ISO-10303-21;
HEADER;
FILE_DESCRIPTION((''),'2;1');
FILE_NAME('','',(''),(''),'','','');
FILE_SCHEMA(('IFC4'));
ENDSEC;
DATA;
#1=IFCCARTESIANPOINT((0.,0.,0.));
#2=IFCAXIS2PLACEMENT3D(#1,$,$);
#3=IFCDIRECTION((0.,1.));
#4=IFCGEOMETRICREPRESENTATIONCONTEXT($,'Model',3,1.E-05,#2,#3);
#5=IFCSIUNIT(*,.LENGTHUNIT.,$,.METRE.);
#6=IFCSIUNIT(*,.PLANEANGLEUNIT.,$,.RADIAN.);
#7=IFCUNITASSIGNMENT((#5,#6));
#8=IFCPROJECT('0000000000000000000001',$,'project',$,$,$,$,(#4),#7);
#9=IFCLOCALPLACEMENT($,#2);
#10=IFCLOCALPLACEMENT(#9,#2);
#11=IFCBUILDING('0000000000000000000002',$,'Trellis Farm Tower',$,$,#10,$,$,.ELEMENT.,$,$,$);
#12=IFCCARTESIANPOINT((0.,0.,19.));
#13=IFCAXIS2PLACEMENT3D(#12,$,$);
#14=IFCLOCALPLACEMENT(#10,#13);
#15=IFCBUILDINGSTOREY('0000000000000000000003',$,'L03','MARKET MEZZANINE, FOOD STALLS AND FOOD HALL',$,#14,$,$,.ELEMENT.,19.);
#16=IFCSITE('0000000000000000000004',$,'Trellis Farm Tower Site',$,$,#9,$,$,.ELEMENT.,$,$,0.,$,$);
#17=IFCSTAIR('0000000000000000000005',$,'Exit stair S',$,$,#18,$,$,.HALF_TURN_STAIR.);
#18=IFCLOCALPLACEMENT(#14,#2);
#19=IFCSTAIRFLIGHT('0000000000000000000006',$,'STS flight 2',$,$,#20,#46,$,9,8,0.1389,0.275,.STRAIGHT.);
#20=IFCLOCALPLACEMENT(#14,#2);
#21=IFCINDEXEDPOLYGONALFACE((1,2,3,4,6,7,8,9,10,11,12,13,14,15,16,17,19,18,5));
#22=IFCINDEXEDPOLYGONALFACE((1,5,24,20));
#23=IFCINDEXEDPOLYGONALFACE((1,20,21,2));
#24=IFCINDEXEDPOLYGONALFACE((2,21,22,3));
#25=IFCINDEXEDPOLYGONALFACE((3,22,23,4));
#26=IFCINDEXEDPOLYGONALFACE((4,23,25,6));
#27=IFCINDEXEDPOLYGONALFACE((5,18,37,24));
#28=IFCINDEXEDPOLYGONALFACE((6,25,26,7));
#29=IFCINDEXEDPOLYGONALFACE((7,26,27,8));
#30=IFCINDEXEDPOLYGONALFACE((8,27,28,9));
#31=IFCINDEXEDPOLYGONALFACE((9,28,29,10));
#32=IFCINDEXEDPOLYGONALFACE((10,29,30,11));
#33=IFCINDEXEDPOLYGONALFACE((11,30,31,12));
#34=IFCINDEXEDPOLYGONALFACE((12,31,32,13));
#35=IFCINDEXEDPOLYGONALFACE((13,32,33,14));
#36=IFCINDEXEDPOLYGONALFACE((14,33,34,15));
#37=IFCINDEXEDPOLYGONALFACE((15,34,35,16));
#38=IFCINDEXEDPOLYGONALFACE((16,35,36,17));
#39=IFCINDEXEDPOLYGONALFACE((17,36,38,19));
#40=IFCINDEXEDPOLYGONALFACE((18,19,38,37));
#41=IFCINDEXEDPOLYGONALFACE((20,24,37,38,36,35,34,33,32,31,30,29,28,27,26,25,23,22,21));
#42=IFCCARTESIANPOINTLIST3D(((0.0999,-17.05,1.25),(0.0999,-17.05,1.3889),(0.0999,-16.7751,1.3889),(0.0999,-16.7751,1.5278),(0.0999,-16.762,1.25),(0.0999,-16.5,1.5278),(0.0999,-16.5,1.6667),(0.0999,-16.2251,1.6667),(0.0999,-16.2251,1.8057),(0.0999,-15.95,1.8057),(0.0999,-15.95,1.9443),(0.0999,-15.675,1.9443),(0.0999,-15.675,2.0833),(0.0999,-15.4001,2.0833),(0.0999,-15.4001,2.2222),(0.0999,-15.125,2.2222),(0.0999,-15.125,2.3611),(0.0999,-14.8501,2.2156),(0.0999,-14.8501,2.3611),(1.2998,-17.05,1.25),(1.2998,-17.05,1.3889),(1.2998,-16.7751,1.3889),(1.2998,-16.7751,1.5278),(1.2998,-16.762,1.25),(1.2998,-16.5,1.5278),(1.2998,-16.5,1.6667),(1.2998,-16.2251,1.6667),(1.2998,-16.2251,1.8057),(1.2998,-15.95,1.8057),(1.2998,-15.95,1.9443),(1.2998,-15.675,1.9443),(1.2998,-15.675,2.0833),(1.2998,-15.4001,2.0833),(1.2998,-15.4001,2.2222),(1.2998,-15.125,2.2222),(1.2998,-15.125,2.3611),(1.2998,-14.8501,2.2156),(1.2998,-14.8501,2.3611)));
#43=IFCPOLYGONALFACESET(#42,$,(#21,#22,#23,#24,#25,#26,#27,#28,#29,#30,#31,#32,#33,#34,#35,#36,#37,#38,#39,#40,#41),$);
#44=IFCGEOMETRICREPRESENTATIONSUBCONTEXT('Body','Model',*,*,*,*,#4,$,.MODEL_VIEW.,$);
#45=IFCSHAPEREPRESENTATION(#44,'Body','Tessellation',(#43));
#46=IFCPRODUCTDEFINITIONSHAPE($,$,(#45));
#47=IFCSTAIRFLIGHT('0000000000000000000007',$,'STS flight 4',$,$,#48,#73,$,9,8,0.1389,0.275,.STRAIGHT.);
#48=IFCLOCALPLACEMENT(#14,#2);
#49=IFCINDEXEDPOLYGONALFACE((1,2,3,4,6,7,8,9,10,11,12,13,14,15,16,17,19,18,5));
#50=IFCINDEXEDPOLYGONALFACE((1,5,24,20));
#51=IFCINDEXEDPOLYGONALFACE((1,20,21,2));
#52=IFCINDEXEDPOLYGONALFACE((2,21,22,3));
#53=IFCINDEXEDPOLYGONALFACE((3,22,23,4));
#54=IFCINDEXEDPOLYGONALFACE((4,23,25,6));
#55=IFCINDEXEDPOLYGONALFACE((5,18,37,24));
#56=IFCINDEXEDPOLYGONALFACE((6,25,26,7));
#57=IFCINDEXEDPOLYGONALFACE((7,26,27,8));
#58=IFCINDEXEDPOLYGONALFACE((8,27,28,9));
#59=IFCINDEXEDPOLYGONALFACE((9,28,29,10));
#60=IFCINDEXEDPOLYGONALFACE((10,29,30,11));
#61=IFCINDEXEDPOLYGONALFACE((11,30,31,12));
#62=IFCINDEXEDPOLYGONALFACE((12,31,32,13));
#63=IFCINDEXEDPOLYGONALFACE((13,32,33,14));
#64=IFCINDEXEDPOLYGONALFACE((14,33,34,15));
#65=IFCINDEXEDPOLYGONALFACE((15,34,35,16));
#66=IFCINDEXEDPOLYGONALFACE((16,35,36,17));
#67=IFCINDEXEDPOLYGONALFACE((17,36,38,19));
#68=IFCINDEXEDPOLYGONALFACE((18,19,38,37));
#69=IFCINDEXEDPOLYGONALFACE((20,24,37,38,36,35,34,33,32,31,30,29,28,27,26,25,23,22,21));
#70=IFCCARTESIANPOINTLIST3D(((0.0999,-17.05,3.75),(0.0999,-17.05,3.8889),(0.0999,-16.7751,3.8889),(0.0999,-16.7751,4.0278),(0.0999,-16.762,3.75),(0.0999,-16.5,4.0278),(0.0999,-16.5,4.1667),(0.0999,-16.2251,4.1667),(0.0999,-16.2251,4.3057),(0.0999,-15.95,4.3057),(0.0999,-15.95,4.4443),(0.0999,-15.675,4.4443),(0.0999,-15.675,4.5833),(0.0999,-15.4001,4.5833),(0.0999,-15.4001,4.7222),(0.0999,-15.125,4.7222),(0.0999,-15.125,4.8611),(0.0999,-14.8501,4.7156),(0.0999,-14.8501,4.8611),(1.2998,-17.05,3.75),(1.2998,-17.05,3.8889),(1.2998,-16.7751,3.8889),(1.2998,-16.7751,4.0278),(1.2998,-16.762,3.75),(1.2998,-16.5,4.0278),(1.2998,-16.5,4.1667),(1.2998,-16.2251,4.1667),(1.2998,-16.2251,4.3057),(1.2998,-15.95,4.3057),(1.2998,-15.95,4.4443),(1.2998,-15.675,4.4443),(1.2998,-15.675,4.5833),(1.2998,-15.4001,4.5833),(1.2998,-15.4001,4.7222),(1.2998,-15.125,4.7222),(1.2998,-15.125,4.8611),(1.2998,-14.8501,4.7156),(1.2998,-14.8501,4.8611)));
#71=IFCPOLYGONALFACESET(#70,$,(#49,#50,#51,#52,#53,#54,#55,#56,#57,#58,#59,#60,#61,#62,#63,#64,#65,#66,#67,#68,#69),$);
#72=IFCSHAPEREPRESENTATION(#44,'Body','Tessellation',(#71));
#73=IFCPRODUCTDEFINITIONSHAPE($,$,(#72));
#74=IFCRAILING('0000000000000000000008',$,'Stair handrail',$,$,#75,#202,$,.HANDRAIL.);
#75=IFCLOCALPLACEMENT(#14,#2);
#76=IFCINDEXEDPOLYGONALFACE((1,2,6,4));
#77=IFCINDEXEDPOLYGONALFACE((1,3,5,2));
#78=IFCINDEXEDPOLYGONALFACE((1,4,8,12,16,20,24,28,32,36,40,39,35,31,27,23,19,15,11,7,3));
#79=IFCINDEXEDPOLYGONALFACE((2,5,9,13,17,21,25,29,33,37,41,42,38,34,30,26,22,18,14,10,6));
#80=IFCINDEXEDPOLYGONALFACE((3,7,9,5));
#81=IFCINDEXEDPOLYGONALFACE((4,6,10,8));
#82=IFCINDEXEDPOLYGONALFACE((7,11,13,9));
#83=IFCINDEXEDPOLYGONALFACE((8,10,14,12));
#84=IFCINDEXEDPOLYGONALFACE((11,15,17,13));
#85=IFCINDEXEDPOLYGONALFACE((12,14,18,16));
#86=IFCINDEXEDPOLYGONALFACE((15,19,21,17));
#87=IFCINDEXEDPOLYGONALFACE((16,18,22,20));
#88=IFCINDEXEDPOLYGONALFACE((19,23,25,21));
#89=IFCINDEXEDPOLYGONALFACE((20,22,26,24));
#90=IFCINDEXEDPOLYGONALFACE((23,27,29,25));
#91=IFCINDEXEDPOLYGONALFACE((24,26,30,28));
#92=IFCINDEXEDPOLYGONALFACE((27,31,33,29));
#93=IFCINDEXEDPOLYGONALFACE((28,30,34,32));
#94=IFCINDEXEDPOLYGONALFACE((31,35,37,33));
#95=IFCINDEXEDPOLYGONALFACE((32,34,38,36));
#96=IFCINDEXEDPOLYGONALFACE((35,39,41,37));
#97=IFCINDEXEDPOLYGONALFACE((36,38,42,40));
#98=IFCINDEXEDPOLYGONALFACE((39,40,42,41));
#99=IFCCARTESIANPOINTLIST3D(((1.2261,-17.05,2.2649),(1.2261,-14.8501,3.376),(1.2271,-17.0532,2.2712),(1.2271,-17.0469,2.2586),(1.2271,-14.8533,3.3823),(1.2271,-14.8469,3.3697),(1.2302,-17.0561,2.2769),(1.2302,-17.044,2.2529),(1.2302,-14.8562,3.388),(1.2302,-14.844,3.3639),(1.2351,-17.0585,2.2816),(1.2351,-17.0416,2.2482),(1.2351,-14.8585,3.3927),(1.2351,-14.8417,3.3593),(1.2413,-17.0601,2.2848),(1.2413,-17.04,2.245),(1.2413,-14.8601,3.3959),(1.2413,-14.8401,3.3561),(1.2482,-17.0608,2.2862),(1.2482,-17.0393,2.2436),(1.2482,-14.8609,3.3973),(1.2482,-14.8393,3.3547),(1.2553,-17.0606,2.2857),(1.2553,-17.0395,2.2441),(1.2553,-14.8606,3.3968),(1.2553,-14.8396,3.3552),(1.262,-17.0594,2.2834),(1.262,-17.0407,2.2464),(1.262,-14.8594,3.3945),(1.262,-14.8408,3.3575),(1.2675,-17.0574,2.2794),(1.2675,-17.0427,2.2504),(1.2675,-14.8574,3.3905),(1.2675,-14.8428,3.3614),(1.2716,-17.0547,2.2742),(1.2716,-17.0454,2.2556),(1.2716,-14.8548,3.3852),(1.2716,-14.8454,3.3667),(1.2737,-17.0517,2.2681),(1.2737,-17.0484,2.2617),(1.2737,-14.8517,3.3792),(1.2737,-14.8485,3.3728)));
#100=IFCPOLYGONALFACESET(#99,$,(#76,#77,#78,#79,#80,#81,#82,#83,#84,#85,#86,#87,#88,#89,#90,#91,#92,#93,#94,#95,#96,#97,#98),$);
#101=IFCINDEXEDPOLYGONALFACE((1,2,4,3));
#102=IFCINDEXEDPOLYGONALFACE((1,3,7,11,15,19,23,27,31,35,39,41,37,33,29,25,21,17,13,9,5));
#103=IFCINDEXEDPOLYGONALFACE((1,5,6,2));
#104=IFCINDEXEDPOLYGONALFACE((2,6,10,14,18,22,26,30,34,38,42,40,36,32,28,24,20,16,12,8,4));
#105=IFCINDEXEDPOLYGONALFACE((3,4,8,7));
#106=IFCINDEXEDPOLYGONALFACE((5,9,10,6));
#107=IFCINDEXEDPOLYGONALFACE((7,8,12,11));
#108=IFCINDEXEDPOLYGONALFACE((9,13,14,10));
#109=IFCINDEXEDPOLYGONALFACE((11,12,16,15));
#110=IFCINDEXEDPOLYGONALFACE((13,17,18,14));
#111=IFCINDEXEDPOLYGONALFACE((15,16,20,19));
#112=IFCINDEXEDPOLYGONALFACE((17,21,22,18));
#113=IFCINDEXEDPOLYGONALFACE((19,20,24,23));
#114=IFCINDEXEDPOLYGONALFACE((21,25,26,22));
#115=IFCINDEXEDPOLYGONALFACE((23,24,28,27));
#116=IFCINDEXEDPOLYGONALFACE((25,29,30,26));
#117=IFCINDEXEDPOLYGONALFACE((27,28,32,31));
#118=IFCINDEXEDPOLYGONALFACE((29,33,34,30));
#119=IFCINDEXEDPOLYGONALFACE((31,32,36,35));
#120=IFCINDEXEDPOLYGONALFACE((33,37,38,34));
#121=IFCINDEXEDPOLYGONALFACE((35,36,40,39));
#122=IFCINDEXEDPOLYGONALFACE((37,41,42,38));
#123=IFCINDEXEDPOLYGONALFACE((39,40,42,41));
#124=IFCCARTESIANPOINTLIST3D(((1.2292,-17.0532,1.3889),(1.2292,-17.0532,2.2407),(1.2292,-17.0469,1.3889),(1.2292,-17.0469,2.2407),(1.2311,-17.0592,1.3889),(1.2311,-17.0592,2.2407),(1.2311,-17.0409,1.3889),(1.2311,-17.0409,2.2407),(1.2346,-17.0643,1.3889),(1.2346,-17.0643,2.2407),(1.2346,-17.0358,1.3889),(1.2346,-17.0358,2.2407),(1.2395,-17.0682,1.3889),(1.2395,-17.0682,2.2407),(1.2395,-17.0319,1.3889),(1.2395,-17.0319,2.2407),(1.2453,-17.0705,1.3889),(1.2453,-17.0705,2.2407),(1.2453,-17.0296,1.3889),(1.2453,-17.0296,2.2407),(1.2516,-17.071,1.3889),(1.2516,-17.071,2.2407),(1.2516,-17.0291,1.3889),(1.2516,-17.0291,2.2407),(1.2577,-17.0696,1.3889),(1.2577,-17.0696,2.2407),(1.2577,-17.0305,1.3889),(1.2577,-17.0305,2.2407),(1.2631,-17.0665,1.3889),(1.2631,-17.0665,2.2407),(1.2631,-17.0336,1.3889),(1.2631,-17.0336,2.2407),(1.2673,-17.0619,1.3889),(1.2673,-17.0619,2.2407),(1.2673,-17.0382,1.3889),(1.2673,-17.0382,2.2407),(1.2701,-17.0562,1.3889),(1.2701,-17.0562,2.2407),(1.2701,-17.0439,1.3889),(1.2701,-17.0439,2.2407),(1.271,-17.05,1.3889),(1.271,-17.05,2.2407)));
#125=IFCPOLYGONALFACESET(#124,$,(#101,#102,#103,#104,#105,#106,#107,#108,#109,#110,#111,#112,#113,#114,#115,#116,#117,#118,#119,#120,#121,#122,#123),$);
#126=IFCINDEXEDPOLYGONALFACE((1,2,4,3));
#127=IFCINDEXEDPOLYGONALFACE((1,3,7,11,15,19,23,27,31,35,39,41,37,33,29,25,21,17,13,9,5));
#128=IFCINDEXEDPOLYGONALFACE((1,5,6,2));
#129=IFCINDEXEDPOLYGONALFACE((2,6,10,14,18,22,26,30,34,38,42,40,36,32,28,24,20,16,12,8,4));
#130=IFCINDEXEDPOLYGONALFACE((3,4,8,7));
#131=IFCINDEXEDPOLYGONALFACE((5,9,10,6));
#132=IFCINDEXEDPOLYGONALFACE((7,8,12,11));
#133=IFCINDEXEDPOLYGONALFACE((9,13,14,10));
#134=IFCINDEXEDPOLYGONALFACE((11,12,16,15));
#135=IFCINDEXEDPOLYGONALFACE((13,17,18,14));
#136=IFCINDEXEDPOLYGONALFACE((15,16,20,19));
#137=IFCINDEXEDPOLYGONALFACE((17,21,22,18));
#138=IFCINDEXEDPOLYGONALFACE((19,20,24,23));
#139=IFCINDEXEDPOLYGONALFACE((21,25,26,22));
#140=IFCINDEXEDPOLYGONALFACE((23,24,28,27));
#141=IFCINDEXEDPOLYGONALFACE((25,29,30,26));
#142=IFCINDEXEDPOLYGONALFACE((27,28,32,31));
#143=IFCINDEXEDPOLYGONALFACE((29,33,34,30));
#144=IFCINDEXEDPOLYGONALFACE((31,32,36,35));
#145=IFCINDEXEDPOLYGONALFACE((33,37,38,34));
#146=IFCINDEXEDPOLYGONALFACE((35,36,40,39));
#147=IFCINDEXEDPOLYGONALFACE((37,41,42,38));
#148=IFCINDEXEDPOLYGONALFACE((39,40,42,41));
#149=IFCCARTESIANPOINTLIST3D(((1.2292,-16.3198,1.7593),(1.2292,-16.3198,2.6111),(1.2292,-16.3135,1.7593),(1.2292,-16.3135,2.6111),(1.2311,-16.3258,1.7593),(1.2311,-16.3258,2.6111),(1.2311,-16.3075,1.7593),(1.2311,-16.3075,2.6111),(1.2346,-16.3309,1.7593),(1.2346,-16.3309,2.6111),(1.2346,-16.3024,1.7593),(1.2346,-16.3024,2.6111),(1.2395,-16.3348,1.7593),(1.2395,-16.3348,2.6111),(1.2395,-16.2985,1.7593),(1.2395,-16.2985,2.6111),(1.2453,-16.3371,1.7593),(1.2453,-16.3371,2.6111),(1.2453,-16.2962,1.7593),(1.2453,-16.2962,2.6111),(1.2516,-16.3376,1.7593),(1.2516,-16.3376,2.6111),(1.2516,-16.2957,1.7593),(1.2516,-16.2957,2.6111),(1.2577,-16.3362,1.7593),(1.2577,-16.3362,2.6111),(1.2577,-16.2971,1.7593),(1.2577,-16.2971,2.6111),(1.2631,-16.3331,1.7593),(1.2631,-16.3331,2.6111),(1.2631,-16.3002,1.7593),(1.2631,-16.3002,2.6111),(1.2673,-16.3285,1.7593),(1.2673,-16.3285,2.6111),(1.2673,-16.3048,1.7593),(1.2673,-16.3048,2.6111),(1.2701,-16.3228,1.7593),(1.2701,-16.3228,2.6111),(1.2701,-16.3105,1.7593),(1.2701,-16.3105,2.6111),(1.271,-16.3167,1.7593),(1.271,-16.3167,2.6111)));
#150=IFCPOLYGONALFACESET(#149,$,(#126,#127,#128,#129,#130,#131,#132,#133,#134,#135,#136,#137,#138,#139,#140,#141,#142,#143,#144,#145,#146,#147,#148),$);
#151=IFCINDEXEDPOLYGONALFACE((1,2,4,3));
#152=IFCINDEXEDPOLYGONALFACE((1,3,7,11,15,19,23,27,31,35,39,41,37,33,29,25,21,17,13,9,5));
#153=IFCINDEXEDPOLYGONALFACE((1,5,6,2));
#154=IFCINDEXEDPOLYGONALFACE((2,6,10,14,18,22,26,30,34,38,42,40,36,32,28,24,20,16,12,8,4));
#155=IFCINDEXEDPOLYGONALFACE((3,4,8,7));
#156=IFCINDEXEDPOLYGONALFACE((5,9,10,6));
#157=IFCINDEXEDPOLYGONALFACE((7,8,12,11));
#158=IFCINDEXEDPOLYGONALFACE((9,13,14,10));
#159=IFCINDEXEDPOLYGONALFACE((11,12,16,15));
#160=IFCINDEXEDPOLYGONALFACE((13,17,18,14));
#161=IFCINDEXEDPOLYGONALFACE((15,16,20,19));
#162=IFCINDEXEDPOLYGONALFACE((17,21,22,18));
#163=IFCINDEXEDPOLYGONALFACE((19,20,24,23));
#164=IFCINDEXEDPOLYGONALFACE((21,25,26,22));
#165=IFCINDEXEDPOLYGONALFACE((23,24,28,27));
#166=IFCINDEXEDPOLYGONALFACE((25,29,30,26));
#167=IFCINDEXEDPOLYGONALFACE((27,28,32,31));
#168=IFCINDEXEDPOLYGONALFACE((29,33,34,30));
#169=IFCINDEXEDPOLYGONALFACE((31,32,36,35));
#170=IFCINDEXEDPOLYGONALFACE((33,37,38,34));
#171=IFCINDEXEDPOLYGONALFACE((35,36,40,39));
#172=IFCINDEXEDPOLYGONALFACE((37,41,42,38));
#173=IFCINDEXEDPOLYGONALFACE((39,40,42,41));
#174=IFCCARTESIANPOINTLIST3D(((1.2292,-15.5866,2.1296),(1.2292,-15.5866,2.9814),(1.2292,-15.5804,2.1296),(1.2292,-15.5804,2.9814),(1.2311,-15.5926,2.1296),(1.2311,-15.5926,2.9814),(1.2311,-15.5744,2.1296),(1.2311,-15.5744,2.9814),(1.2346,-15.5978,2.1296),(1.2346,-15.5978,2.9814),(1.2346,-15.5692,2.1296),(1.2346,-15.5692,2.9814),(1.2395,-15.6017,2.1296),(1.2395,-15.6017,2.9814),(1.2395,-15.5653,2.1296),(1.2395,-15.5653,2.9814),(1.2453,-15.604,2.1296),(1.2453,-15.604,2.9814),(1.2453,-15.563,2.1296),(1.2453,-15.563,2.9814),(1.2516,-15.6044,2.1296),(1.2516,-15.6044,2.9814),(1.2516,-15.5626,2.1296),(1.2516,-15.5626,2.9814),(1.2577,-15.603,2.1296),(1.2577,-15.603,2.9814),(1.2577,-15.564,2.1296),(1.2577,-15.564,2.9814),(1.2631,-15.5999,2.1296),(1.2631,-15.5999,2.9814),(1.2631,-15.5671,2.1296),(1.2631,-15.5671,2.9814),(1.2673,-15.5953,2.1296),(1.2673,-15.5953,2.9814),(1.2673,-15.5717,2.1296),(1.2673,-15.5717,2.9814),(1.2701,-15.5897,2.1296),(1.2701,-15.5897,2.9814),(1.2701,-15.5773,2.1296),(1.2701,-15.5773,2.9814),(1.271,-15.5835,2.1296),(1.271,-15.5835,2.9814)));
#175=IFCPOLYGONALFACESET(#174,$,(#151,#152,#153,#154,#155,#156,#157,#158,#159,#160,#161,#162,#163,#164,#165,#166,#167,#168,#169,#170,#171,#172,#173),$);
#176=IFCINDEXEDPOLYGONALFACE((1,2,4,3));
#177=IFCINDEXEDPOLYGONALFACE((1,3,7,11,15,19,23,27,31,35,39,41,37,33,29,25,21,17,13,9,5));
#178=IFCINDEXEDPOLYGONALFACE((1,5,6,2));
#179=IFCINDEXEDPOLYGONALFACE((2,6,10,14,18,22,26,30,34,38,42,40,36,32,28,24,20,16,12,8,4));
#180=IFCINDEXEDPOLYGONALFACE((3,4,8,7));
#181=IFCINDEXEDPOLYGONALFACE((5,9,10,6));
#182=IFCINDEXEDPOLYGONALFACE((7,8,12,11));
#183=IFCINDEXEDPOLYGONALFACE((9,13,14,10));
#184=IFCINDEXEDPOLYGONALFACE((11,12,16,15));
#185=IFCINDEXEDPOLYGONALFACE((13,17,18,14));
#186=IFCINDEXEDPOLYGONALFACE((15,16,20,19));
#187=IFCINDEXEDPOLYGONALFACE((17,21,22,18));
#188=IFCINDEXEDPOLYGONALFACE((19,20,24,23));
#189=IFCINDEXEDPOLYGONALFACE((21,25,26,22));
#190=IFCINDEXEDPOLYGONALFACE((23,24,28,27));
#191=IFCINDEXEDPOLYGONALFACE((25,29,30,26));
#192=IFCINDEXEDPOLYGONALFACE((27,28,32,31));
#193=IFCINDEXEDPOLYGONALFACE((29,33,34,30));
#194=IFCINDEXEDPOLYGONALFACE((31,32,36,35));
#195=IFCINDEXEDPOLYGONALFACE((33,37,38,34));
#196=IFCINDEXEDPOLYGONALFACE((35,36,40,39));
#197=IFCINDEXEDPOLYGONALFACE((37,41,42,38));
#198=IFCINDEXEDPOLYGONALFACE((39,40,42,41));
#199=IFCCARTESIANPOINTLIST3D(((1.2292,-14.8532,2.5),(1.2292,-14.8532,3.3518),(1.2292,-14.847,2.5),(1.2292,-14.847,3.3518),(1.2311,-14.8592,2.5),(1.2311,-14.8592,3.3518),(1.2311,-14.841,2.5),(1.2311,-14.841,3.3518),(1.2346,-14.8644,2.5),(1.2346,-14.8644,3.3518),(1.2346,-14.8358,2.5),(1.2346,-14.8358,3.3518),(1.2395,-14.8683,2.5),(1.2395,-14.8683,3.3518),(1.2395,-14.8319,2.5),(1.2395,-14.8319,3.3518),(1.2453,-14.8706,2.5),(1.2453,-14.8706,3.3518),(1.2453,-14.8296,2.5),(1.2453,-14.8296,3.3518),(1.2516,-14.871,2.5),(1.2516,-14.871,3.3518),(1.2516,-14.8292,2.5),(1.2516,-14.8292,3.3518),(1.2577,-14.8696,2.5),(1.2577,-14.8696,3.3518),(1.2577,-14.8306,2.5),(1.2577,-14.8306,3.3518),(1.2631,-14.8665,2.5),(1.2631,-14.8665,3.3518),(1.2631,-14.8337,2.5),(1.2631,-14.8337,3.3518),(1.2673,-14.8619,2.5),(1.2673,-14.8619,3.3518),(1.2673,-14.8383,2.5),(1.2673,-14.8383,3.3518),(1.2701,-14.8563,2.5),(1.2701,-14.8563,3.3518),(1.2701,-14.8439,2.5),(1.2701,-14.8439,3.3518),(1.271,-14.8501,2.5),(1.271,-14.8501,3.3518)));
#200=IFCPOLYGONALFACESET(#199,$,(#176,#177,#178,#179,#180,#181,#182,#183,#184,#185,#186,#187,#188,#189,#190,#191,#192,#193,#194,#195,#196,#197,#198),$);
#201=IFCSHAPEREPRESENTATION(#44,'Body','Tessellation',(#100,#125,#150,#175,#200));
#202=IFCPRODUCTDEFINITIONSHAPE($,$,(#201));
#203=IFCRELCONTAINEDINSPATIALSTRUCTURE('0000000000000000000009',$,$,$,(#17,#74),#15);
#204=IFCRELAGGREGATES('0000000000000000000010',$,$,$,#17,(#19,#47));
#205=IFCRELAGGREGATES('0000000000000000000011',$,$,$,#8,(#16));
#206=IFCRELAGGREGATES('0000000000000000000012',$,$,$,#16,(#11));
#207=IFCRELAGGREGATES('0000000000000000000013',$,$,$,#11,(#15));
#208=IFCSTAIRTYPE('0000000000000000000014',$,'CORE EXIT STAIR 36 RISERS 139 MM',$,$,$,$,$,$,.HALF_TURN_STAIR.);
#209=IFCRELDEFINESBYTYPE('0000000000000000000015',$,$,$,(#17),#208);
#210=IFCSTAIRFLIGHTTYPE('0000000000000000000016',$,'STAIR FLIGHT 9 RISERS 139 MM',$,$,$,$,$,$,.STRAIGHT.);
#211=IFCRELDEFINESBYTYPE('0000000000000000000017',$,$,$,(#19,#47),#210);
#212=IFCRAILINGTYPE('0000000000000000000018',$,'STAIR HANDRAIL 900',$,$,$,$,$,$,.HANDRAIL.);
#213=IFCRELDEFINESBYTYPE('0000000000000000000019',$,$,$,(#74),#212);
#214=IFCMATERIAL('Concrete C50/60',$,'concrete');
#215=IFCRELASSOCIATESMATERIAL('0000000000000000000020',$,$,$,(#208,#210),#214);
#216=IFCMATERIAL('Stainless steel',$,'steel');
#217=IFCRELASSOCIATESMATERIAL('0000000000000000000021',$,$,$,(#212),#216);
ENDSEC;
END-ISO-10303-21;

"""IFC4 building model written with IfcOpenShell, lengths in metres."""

from ifc_helpers import new_model, si_unit, direction, frame, origin, origin_2d, place, context, subcontext, project, spatial, polyline, circle, outline, extrude, source, transform, mapped, material, type_object, element, aggregate, save


model = new_model("IFC4")

# Units and contexts
model_context = context("Model", 3, precision=1e-05, world=origin(), true_north=direction((0.0, 1.0)))
body_context = subcontext(model_context, "Body", "Model", "MODEL_VIEW")
ifc_project = project(units=[si_unit("LENGTHUNIT", "METRE"), si_unit("PLANEANGLEUNIT", "RADIAN")], contexts=[model_context])

# Site, building, storey
site_placement = place(None, origin())
site = spatial("IfcSite", under=ifc_project, at=site_placement, Name="Trellis Farm Tower Site", CompositionType="ELEMENT", RefElevation=0.0)
building_placement = place(site_placement, origin())
building = spatial("IfcBuilding", under=site, at=building_placement, Name="Trellis Farm Tower", CompositionType="ELEMENT")
storey_placement = place(building_placement, frame((0.0, 0.0, 19.0)))
storey = spatial("IfcBuildingStorey", under=building, at=storey_placement, Name="L03", Description="MARKET MEZZANINE, FOOD STALLS AND FOOD HALL", CompositionType="ELEMENT", Elevation=19.0)

# Stair, stair flights
ifc_material_1 = material(Name="Concrete C50/60", Category="concrete")
stair_type = type_object("IfcStairType", Name="CORE EXIT STAIR 36 RISERS 139 MM", PredefinedType="HALF_TURN_STAIR", material=ifc_material_1)
stair_placement = place(storey_placement, origin())
stair = element("IfcStair", 1, at=stair_placement, inside=storey, type_object=stair_type, Name="Exit stair S", PredefinedType="HALF_TURN_STAIR")
stair_flight_type = type_object("IfcStairFlightType", Name="STAIR FLIGHT 9 RISERS 139 MM", PredefinedType="STRAIGHT", material=ifc_material_1)
shared_shape_1 = source(origin(), body_context, "Body", "SweptSolid", [
    extrude(outline(polyline([(0.0, 0.0), (0.0, 0.1389), (0.2749, 0.1389), (0.2749, 0.2778), (0.55, 0.2778), (0.55, 0.4167), (0.825, 0.4167), (0.825, 0.5557), (1.1001, 0.5557), (1.1001, 0.6943), (1.375, 0.6943), (1.375, 0.8333), (1.6499, 0.8333), (1.6499, 0.9722), (1.925, 0.9722), (1.925, 1.1111), (2.2, 1.1111), (2.2, 1.25), (2.2, 0.9656), (0.2881, 0.0), (0.0, 0.0)])), frame((0.0, 0.6001, 0.0), z_axis=(0.0, -1.0, 0.0), x_axis=(1.0, 0.0, 0.0)), (0.0, 0.0, 1.0), 1.2),
])
stair_flight_1_placement = place(storey_placement, frame((0.7, -17.05, 1.25), z_axis=(0.0, 0.0, 1.0), x_axis=(0.0, 1.0, 0.0)))
stair_flight_1 = element("IfcStairFlight", 2, at=stair_flight_1_placement, type_object=stair_flight_type, Name="STS flight 2", NumberOfRisers=9, NumberOfTreads=8, PredefinedType="STRAIGHT", RiserHeight=0.1389, TreadLength=0.275, context=body_context, shape_type="MappedRepresentation", body=[
    mapped(shared_shape_1, transform((0.0, 0.0, 0.0))),
])
stair_flight_2_placement = place(storey_placement, frame((0.7, -17.05, 3.75), z_axis=(0.0, 0.0, 1.0), x_axis=(0.0, 1.0, 0.0)))
stair_flight_2 = element("IfcStairFlight", 3, at=stair_flight_2_placement, type_object=stair_flight_type, Name="STS flight 4", NumberOfRisers=9, NumberOfTreads=8, PredefinedType="STRAIGHT", RiserHeight=0.1389, TreadLength=0.275, context=body_context, shape_type="MappedRepresentation", body=[
    mapped(shared_shape_1, transform((0.0, 0.0, 0.0))),
])
aggregate(stair, [stair_flight_1, stair_flight_2])

# Railing
ifc_material_2 = material(Name="Stainless steel", Category="steel")
railing_type = type_object("IfcRailingType", Name="STAIR HANDRAIL 900", PredefinedType="HANDRAIL", material=ifc_material_2)
shared_shape_2 = source(origin(), body_context, "Body", "SweptSolid", [
    extrude(circle(Radius=0.0239, at=origin_2d()), frame((0.0, 0.0, 0.876), z_axis=(0.0, 0.892617, 0.450816), x_axis=(-1.0, 0.0, 0.0)), (0.0, 0.0, 1.0), 2.4646),
    extrude(circle(Radius=0.021, at=origin_2d()), origin(), (0.0, 0.0, 1.0), 0.8518),
    extrude(circle(Radius=0.021, at=origin_2d()), frame((0.0, 0.7334, 0.3704)), (0.0, 0.0, 1.0), 0.8518),
    extrude(circle(Radius=0.021, at=origin_2d()), frame((0.0, 1.4666, 0.7407)), (0.0, 0.0, 1.0), 0.8518),
    extrude(circle(Radius=0.021, at=origin_2d()), frame((0.0, 2.2, 1.1111)), (0.0, 0.0, 1.0), 0.8518),
])
for number, where, name in (
    (4, (1.25, -17.05, 1.3889), "Stair handrail"),
):
    element("IfcRailing", number, at=place(storey_placement, frame(where)), inside=storey, type_object=railing_type, Name=name, PredefinedType="HANDRAIL", context=body_context, shape_type="MappedRepresentation", body=[
        mapped(shared_shape_2, transform((0.0, 0.0, 0.0))),
    ])

save(model, "model.ifc")
